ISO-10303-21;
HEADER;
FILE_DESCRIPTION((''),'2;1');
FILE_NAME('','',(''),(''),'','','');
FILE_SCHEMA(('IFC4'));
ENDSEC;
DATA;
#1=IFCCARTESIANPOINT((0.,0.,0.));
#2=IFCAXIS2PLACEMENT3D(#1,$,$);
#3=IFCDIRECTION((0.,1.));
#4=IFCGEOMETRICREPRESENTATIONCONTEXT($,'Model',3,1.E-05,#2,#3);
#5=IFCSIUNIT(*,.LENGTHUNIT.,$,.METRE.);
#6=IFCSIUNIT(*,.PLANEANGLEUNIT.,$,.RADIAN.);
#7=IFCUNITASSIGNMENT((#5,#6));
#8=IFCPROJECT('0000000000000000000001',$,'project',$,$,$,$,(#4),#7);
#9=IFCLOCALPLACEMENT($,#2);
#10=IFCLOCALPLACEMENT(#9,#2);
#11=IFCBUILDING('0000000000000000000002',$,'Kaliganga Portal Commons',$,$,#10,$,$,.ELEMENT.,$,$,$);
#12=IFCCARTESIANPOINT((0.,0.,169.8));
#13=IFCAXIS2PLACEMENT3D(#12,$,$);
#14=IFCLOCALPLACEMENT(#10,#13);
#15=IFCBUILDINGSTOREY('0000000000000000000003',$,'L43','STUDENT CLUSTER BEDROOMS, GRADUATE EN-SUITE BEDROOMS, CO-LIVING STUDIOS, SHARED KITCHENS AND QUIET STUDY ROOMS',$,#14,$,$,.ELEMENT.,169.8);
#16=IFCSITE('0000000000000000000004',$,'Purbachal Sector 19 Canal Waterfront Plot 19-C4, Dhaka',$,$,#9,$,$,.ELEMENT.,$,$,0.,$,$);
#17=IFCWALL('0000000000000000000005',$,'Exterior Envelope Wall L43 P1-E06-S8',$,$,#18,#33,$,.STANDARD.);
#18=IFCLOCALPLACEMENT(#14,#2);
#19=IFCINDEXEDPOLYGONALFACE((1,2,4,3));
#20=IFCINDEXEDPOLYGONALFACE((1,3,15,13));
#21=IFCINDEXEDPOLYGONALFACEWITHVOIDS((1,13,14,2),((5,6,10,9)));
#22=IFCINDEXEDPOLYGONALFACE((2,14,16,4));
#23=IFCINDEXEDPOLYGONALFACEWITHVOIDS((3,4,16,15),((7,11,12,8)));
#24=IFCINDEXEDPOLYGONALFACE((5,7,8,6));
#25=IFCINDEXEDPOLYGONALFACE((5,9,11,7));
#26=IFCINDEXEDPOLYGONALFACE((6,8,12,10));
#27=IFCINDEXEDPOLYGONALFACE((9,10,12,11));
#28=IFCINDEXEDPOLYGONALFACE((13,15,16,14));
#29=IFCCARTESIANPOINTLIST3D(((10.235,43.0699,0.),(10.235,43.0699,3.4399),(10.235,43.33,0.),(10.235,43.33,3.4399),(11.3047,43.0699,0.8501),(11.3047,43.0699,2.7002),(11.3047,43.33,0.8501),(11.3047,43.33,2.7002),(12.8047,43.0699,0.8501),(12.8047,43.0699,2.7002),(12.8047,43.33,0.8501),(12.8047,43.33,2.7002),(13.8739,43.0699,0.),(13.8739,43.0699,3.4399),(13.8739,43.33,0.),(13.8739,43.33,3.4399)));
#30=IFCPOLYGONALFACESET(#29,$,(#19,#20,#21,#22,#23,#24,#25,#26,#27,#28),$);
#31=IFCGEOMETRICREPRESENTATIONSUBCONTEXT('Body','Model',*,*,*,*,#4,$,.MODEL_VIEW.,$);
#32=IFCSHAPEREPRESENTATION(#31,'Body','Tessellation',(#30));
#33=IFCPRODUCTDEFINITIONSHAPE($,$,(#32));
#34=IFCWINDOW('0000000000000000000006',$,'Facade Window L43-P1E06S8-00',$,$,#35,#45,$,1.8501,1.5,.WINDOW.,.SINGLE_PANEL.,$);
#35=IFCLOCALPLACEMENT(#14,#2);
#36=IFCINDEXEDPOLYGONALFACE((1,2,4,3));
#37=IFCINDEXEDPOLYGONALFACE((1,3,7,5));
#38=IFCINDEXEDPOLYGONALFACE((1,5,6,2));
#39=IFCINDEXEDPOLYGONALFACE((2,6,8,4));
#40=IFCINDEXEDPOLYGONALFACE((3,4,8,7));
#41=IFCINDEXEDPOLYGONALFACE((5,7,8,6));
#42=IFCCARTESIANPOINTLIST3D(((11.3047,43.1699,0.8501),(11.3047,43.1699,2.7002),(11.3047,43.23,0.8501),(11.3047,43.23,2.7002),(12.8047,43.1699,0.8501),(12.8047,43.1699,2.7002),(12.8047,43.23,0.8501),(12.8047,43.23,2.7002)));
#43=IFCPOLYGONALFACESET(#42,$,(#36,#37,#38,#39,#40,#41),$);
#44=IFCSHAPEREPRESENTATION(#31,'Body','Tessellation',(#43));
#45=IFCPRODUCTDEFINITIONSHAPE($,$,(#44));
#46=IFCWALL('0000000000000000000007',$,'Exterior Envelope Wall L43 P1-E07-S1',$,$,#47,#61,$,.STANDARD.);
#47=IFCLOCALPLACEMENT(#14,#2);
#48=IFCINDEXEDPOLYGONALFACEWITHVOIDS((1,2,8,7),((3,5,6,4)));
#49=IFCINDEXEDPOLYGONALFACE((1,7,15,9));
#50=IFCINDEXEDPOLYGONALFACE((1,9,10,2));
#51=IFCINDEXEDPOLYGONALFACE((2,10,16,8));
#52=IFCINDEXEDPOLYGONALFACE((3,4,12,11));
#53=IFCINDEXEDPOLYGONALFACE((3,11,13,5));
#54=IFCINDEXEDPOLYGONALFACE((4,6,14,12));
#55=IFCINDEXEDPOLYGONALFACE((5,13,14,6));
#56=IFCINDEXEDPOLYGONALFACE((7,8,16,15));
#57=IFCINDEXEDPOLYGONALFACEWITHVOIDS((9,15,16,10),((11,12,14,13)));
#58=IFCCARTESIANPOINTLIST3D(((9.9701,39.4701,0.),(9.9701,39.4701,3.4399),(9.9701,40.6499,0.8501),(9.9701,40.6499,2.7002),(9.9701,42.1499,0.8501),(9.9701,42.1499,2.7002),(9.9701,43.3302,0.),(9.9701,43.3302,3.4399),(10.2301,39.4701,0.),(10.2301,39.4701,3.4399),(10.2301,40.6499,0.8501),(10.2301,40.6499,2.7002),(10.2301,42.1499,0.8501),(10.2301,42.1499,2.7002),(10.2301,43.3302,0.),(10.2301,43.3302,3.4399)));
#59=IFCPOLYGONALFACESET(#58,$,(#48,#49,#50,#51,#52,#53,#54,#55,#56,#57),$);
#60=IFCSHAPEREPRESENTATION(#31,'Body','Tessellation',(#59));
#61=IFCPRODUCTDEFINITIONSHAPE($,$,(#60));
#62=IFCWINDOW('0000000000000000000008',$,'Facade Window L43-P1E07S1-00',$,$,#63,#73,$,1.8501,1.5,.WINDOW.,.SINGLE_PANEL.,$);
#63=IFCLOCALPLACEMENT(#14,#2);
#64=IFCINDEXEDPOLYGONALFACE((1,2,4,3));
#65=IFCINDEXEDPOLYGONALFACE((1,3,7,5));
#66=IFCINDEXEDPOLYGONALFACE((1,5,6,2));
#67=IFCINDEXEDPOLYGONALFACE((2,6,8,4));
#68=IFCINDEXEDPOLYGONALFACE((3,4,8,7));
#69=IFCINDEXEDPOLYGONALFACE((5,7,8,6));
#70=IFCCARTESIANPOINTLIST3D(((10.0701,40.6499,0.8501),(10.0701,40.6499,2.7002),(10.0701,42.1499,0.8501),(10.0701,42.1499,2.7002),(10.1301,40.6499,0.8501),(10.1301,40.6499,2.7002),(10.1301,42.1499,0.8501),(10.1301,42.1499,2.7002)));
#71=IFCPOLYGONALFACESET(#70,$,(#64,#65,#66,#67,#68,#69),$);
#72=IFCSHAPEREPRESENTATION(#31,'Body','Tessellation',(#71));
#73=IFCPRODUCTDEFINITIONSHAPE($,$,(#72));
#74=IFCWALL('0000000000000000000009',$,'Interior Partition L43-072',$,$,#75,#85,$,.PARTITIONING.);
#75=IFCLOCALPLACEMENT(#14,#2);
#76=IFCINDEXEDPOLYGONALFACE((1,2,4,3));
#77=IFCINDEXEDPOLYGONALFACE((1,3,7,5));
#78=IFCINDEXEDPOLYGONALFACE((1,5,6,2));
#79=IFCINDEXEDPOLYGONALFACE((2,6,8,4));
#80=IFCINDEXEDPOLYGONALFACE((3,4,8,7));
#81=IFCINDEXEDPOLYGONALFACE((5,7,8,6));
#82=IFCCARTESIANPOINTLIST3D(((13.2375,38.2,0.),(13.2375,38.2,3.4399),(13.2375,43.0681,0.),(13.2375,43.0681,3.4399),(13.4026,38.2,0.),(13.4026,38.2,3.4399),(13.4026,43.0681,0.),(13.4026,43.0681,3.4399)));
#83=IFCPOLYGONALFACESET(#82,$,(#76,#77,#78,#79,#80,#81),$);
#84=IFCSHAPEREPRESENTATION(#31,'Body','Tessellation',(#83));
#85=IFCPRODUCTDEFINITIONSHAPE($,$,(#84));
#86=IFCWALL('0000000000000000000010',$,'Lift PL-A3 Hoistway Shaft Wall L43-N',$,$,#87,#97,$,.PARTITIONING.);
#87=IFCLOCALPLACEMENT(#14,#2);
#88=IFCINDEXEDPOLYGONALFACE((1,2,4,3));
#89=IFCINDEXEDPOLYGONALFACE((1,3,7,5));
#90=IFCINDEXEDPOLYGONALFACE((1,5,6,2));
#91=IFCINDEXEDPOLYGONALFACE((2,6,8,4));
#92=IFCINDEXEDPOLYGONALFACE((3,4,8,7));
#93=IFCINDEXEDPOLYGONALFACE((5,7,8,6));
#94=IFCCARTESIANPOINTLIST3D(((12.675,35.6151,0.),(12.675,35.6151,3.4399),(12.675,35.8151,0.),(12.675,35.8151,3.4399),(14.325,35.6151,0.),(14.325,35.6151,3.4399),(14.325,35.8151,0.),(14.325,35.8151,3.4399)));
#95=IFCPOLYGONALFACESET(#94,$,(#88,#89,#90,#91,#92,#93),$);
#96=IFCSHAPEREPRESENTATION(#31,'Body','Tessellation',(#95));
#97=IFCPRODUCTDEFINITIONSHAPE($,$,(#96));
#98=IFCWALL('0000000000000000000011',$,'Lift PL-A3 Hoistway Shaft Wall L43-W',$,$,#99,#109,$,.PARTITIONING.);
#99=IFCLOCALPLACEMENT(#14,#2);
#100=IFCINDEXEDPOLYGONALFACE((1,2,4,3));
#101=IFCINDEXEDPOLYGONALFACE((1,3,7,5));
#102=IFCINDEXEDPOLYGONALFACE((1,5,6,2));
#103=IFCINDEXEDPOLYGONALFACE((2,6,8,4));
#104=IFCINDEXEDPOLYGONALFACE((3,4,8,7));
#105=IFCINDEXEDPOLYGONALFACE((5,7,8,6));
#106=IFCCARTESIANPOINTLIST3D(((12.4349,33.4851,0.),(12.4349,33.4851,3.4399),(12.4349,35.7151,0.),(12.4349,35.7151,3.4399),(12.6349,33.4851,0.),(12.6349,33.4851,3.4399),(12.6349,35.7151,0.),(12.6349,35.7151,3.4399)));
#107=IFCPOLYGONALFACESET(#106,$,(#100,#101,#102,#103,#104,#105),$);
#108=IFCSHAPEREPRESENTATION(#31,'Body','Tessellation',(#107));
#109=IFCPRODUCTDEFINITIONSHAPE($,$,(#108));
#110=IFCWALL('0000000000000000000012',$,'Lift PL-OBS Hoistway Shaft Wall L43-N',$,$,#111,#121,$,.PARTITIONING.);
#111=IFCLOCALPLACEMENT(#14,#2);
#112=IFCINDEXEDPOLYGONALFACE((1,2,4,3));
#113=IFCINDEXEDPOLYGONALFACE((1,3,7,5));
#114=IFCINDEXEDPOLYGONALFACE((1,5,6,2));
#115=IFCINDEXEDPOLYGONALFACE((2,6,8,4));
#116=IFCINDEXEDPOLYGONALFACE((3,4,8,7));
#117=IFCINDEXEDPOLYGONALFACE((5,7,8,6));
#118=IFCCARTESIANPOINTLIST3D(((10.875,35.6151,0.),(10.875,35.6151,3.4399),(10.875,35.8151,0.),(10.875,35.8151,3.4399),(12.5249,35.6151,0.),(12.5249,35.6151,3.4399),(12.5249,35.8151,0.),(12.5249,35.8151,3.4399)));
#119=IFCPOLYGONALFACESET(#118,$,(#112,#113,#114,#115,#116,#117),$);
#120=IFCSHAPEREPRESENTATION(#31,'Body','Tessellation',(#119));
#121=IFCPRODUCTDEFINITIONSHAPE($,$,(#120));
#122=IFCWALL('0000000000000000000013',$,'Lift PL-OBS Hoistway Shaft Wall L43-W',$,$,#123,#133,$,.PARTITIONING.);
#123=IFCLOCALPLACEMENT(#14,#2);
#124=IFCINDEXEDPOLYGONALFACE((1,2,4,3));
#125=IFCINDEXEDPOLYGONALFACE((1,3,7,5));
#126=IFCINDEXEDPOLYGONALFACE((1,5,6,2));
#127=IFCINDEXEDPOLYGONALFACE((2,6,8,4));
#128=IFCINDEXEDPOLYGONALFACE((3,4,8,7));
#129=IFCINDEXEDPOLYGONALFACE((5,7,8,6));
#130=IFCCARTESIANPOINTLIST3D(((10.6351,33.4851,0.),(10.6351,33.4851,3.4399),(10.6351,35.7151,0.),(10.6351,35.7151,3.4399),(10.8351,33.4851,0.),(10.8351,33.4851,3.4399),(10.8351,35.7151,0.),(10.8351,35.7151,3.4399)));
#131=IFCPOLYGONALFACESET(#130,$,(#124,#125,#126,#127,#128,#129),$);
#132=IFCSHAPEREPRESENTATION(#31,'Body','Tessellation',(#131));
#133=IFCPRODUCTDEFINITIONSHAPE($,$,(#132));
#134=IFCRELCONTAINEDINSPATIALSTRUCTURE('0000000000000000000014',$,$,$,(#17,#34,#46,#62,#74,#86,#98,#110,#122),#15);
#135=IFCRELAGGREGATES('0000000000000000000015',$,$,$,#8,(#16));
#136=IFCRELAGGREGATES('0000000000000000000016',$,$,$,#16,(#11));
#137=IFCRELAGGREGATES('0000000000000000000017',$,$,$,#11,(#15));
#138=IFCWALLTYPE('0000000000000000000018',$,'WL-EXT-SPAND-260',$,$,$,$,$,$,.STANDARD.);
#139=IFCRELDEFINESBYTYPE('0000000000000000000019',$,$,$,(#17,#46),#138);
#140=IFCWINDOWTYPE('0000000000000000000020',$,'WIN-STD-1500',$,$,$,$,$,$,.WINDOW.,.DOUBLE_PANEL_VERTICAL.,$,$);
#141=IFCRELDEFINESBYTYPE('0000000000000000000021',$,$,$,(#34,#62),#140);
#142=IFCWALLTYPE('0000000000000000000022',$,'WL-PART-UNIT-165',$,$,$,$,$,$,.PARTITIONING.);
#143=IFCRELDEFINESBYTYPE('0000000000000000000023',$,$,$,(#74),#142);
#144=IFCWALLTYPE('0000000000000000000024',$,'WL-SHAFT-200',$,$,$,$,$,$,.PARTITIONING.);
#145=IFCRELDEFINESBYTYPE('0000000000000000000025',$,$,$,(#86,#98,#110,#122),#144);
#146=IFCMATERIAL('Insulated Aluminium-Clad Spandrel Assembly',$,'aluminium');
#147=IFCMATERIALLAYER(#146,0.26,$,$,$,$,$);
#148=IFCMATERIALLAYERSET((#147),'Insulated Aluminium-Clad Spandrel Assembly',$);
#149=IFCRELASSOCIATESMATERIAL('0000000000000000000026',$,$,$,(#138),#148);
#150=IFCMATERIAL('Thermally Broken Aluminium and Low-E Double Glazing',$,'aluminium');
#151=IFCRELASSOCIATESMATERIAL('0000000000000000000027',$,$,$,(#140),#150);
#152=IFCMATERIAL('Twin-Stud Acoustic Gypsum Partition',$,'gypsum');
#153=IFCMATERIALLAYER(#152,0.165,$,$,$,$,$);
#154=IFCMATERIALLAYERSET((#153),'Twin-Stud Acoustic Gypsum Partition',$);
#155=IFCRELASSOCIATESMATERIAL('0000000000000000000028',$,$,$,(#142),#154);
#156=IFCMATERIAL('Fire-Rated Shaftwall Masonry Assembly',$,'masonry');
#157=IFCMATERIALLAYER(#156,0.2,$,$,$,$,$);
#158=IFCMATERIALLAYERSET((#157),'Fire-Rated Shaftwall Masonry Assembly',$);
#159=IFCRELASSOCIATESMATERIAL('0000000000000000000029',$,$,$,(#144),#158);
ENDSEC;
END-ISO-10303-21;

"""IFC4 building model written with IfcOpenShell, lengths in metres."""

from ifc_helpers import new_model, si_unit, direction, frame, frame_2d, origin, place, context, subcontext, project, spatial, rectangle, extrude, material, layer, layer_set, type_object, element, fill, save


model = new_model("IFC4")

# Units and contexts
model_context = context("Model", 3, precision=1e-05, world=origin(), true_north=direction((0.0, 1.0)))
body_context = subcontext(model_context, "Body", "Model", "MODEL_VIEW")
ifc_project = project(units=[si_unit("LENGTHUNIT", "METRE"), si_unit("PLANEANGLEUNIT", "RADIAN")], contexts=[model_context])

# Site, building, storey
site_placement = place(None, origin())
site = spatial("IfcSite", under=ifc_project, at=site_placement, Name="Purbachal Sector 19 Canal Waterfront Plot 19-C4, Dhaka", CompositionType="ELEMENT", RefElevation=0.0)
building_placement = place(site_placement, origin())
building = spatial("IfcBuilding", under=site, at=building_placement, Name="Kaliganga Portal Commons", CompositionType="ELEMENT")
storey_placement = place(building_placement, frame((0.0, 0.0, 169.8)))
storey = spatial("IfcBuildingStorey", under=building, at=storey_placement, Name="L43", Description="STUDENT CLUSTER BEDROOMS, GRADUATE EN-SUITE BEDROOMS, CO-LIVING STUDIOS, SHARED KITCHENS AND QUIET STUDY ROOMS", CompositionType="ELEMENT", Elevation=169.8)

# Walls, openings, windows
ifc_material_1 = material(Name="Insulated Aluminium-Clad Spandrel Assembly", Category="aluminium")
ifc_layer_1 = layer(ifc_material_1, 0.26)
ifc_layer_set_1 = layer_set([ifc_layer_1], Name="Insulated Aluminium-Clad Spandrel Assembly")
wall_type_1 = type_object("IfcWallType", Name="WL-EXT-SPAND-260", PredefinedType="STANDARD", material=ifc_layer_set_1)
wall_1_placement = place(storey_placement, frame((10.2351, 43.2, 0.0), z_axis=(0.0, 0.0, 1.0), x_axis=(1.0, 0.0, 0.0)))
wall_1 = element("IfcWall", 1, at=wall_1_placement, inside=storey, type_object=wall_type_1, Name="Exterior Envelope Wall L43 P1-E06-S8", PredefinedType="STANDARD", context=body_context, shape_type="SweptSolid", body=[
    extrude(rectangle(XDim=3.6389, YDim=0.26, at=frame_2d((1.8193, 0.0))), origin(), (0.0, 0.0, 1.0), 3.4399),
])
opening_1_placement = place(wall_1_placement, frame((1.0696, 0.0, 0.8501)))
opening_1 = element("IfcOpeningElement", 2, at=opening_1_placement, cuts=wall_1, PredefinedType="OPENING", context=body_context, shape_type="SweptSolid", body=[
    extrude(rectangle(XDim=1.5, YDim=1.8501, at=frame_2d((0.75, 0.925))), frame((0.0, 0.1401, 0.0), z_axis=(0.0, -1.0, 0.0), x_axis=(1.0, 0.0, 0.0)), (0.0, 0.0, 1.0), 0.28),
])
ifc_material_2 = material(Name="Thermally Broken Aluminium and Low-E Double Glazing", Category="aluminium")
window_type = type_object("IfcWindowType", Name="WIN-STD-1500", PartitioningType="DOUBLE_PANEL_VERTICAL", PredefinedType="WINDOW", material=ifc_material_2)
window_1_placement = place(opening_1_placement, origin())
window_1 = element("IfcWindow", 3, at=window_1_placement, inside=storey, type_object=window_type, Name="Facade Window L43-P1E06S8-00", OverallHeight=1.8501, OverallWidth=1.5, PartitioningType="SINGLE_PANEL", PredefinedType="WINDOW", context=body_context, shape_type="SweptSolid", body=[
    extrude(rectangle(XDim=1.5, YDim=1.8501, at=frame_2d((0.75, 0.925))), frame((0.0, 0.03, 0.0), z_axis=(0.0, -1.0, 0.0), x_axis=(1.0, 0.0, 0.0)), (0.0, 0.0, 1.0), 0.0601),
])
fill(opening_1, window_1)
wall_2_placement = place(storey_placement, frame((10.1001, 39.47, 0.0), z_axis=(0.0, 0.0, 1.0), x_axis=(0.0, 1.0, 0.0)))
wall_2 = element("IfcWall", 4, at=wall_2_placement, inside=storey, type_object=wall_type_1, Name="Exterior Envelope Wall L43 P1-E07-S1", PredefinedType="STANDARD", context=body_context, shape_type="SweptSolid", body=[
    extrude(rectangle(XDim=3.8601, YDim=0.26, at=frame_2d((1.9302, 0.0))), origin(), (0.0, 0.0, 1.0), 3.4399),
])
opening_2_placement = place(wall_2_placement, frame((1.1799, 0.0, 0.8501)))
opening_2 = element("IfcOpeningElement", 5, at=opening_2_placement, cuts=wall_2, PredefinedType="OPENING", context=body_context, shape_type="SweptSolid", body=[
    extrude(rectangle(XDim=1.5, YDim=1.8501, at=frame_2d((0.75, 0.925))), frame((0.0, 0.1401, 0.0), z_axis=(0.0, -1.0, 0.0), x_axis=(1.0, 0.0, 0.0)), (0.0, 0.0, 1.0), 0.28),
])
window_2_placement = place(opening_2_placement, origin())
window_2 = element("IfcWindow", 6, at=window_2_placement, inside=storey, type_object=window_type, Name="Facade Window L43-P1E07S1-00", OverallHeight=1.8501, OverallWidth=1.5, PartitioningType="SINGLE_PANEL", PredefinedType="WINDOW", context=body_context, shape_type="SweptSolid", body=[
    extrude(rectangle(XDim=1.5, YDim=1.8501, at=frame_2d((0.75, 0.925))), frame((0.0, 0.03, 0.0), z_axis=(0.0, -1.0, 0.0), x_axis=(1.0, 0.0, 0.0)), (0.0, 0.0, 1.0), 0.0601),
])
fill(opening_2, window_2)

# Wall
ifc_material_3 = material(Name="Twin-Stud Acoustic Gypsum Partition", Category="gypsum")
ifc_layer_2 = layer(ifc_material_3, 0.165)
ifc_layer_set_2 = layer_set([ifc_layer_2], Name="Twin-Stud Acoustic Gypsum Partition")
wall_type_2 = type_object("IfcWallType", Name="WL-PART-UNIT-165", PredefinedType="PARTITIONING", material=ifc_layer_set_2)
wall_3_placement = place(storey_placement, frame((13.3201, 38.2, 0.0), z_axis=(0.0, 0.0, 1.0), x_axis=(0.0, 1.0, 0.0)))
element("IfcWall", 7, at=wall_3_placement, inside=storey, type_object=wall_type_2, Name="Interior Partition L43-072", PredefinedType="PARTITIONING", context=body_context, shape_type="SweptSolid", body=[
    extrude(rectangle(XDim=4.8682, YDim=0.165, at=frame_2d((2.4341, 0.0))), origin(), (0.0, 0.0, 1.0), 3.4399),
])

# Shared definitions
ifc_material_4 = material(Name="Fire-Rated Shaftwall Masonry Assembly", Category="masonry")
ifc_layer_3 = layer(ifc_material_4, 0.2)
ifc_layer_set_3 = layer_set([ifc_layer_3], Name="Fire-Rated Shaftwall Masonry Assembly")
wall_type_3 = type_object("IfcWallType", Name="WL-SHAFT-200", PredefinedType="PARTITIONING", material=ifc_layer_set_3)

# Walls
wall_4_placement = place(storey_placement, frame((12.675, 35.7151, 0.0), z_axis=(0.0, 0.0, 1.0), x_axis=(1.0, 0.0, 0.0)))
element("IfcWall", 8, at=wall_4_placement, inside=storey, type_object=wall_type_3, Name="Lift PL-A3 Hoistway Shaft Wall L43-N", PredefinedType="PARTITIONING", context=body_context, shape_type="SweptSolid", body=[
    extrude(rectangle(XDim=1.6499, YDim=0.2, at=frame_2d((0.825, 0.0))), origin(), (0.0, 0.0, 1.0), 3.4399),
])
wall_5_placement = place(storey_placement, frame((12.5349, 33.4851, 0.0), z_axis=(0.0, 0.0, 1.0), x_axis=(0.0, 1.0, 0.0)))
element("IfcWall", 9, at=wall_5_placement, inside=storey, type_object=wall_type_3, Name="Lift PL-A3 Hoistway Shaft Wall L43-W", PredefinedType="PARTITIONING", context=body_context, shape_type="SweptSolid", body=[
    extrude(rectangle(XDim=2.23, YDim=0.2, at=frame_2d((1.115, 0.0))), origin(), (0.0, 0.0, 1.0), 3.4399),
])

# Walls
wall_6_placement = place(storey_placement, frame((10.875, 35.7151, 0.0), z_axis=(0.0, 0.0, 1.0), x_axis=(1.0, 0.0, 0.0)))
element("IfcWall", 10, at=wall_6_placement, inside=storey, type_object=wall_type_3, Name="Lift PL-OBS Hoistway Shaft Wall L43-N", PredefinedType="PARTITIONING", context=body_context, shape_type="SweptSolid", body=[
    extrude(rectangle(XDim=1.6499, YDim=0.2, at=frame_2d((0.825, 0.0))), origin(), (0.0, 0.0, 1.0), 3.4399),
])
wall_7_placement = place(storey_placement, frame((10.7351, 33.4851, 0.0), z_axis=(0.0, 0.0, 1.0), x_axis=(0.0, 1.0, 0.0)))
element("IfcWall", 11, at=wall_7_placement, inside=storey, type_object=wall_type_3, Name="Lift PL-OBS Hoistway Shaft Wall L43-W", PredefinedType="PARTITIONING", context=body_context, shape_type="SweptSolid", body=[
    extrude(rectangle(XDim=2.23, YDim=0.2, at=frame_2d((1.115, 0.0))), origin(), (0.0, 0.0, 1.0), 3.4399),
])

save(model, "model.ifc")
